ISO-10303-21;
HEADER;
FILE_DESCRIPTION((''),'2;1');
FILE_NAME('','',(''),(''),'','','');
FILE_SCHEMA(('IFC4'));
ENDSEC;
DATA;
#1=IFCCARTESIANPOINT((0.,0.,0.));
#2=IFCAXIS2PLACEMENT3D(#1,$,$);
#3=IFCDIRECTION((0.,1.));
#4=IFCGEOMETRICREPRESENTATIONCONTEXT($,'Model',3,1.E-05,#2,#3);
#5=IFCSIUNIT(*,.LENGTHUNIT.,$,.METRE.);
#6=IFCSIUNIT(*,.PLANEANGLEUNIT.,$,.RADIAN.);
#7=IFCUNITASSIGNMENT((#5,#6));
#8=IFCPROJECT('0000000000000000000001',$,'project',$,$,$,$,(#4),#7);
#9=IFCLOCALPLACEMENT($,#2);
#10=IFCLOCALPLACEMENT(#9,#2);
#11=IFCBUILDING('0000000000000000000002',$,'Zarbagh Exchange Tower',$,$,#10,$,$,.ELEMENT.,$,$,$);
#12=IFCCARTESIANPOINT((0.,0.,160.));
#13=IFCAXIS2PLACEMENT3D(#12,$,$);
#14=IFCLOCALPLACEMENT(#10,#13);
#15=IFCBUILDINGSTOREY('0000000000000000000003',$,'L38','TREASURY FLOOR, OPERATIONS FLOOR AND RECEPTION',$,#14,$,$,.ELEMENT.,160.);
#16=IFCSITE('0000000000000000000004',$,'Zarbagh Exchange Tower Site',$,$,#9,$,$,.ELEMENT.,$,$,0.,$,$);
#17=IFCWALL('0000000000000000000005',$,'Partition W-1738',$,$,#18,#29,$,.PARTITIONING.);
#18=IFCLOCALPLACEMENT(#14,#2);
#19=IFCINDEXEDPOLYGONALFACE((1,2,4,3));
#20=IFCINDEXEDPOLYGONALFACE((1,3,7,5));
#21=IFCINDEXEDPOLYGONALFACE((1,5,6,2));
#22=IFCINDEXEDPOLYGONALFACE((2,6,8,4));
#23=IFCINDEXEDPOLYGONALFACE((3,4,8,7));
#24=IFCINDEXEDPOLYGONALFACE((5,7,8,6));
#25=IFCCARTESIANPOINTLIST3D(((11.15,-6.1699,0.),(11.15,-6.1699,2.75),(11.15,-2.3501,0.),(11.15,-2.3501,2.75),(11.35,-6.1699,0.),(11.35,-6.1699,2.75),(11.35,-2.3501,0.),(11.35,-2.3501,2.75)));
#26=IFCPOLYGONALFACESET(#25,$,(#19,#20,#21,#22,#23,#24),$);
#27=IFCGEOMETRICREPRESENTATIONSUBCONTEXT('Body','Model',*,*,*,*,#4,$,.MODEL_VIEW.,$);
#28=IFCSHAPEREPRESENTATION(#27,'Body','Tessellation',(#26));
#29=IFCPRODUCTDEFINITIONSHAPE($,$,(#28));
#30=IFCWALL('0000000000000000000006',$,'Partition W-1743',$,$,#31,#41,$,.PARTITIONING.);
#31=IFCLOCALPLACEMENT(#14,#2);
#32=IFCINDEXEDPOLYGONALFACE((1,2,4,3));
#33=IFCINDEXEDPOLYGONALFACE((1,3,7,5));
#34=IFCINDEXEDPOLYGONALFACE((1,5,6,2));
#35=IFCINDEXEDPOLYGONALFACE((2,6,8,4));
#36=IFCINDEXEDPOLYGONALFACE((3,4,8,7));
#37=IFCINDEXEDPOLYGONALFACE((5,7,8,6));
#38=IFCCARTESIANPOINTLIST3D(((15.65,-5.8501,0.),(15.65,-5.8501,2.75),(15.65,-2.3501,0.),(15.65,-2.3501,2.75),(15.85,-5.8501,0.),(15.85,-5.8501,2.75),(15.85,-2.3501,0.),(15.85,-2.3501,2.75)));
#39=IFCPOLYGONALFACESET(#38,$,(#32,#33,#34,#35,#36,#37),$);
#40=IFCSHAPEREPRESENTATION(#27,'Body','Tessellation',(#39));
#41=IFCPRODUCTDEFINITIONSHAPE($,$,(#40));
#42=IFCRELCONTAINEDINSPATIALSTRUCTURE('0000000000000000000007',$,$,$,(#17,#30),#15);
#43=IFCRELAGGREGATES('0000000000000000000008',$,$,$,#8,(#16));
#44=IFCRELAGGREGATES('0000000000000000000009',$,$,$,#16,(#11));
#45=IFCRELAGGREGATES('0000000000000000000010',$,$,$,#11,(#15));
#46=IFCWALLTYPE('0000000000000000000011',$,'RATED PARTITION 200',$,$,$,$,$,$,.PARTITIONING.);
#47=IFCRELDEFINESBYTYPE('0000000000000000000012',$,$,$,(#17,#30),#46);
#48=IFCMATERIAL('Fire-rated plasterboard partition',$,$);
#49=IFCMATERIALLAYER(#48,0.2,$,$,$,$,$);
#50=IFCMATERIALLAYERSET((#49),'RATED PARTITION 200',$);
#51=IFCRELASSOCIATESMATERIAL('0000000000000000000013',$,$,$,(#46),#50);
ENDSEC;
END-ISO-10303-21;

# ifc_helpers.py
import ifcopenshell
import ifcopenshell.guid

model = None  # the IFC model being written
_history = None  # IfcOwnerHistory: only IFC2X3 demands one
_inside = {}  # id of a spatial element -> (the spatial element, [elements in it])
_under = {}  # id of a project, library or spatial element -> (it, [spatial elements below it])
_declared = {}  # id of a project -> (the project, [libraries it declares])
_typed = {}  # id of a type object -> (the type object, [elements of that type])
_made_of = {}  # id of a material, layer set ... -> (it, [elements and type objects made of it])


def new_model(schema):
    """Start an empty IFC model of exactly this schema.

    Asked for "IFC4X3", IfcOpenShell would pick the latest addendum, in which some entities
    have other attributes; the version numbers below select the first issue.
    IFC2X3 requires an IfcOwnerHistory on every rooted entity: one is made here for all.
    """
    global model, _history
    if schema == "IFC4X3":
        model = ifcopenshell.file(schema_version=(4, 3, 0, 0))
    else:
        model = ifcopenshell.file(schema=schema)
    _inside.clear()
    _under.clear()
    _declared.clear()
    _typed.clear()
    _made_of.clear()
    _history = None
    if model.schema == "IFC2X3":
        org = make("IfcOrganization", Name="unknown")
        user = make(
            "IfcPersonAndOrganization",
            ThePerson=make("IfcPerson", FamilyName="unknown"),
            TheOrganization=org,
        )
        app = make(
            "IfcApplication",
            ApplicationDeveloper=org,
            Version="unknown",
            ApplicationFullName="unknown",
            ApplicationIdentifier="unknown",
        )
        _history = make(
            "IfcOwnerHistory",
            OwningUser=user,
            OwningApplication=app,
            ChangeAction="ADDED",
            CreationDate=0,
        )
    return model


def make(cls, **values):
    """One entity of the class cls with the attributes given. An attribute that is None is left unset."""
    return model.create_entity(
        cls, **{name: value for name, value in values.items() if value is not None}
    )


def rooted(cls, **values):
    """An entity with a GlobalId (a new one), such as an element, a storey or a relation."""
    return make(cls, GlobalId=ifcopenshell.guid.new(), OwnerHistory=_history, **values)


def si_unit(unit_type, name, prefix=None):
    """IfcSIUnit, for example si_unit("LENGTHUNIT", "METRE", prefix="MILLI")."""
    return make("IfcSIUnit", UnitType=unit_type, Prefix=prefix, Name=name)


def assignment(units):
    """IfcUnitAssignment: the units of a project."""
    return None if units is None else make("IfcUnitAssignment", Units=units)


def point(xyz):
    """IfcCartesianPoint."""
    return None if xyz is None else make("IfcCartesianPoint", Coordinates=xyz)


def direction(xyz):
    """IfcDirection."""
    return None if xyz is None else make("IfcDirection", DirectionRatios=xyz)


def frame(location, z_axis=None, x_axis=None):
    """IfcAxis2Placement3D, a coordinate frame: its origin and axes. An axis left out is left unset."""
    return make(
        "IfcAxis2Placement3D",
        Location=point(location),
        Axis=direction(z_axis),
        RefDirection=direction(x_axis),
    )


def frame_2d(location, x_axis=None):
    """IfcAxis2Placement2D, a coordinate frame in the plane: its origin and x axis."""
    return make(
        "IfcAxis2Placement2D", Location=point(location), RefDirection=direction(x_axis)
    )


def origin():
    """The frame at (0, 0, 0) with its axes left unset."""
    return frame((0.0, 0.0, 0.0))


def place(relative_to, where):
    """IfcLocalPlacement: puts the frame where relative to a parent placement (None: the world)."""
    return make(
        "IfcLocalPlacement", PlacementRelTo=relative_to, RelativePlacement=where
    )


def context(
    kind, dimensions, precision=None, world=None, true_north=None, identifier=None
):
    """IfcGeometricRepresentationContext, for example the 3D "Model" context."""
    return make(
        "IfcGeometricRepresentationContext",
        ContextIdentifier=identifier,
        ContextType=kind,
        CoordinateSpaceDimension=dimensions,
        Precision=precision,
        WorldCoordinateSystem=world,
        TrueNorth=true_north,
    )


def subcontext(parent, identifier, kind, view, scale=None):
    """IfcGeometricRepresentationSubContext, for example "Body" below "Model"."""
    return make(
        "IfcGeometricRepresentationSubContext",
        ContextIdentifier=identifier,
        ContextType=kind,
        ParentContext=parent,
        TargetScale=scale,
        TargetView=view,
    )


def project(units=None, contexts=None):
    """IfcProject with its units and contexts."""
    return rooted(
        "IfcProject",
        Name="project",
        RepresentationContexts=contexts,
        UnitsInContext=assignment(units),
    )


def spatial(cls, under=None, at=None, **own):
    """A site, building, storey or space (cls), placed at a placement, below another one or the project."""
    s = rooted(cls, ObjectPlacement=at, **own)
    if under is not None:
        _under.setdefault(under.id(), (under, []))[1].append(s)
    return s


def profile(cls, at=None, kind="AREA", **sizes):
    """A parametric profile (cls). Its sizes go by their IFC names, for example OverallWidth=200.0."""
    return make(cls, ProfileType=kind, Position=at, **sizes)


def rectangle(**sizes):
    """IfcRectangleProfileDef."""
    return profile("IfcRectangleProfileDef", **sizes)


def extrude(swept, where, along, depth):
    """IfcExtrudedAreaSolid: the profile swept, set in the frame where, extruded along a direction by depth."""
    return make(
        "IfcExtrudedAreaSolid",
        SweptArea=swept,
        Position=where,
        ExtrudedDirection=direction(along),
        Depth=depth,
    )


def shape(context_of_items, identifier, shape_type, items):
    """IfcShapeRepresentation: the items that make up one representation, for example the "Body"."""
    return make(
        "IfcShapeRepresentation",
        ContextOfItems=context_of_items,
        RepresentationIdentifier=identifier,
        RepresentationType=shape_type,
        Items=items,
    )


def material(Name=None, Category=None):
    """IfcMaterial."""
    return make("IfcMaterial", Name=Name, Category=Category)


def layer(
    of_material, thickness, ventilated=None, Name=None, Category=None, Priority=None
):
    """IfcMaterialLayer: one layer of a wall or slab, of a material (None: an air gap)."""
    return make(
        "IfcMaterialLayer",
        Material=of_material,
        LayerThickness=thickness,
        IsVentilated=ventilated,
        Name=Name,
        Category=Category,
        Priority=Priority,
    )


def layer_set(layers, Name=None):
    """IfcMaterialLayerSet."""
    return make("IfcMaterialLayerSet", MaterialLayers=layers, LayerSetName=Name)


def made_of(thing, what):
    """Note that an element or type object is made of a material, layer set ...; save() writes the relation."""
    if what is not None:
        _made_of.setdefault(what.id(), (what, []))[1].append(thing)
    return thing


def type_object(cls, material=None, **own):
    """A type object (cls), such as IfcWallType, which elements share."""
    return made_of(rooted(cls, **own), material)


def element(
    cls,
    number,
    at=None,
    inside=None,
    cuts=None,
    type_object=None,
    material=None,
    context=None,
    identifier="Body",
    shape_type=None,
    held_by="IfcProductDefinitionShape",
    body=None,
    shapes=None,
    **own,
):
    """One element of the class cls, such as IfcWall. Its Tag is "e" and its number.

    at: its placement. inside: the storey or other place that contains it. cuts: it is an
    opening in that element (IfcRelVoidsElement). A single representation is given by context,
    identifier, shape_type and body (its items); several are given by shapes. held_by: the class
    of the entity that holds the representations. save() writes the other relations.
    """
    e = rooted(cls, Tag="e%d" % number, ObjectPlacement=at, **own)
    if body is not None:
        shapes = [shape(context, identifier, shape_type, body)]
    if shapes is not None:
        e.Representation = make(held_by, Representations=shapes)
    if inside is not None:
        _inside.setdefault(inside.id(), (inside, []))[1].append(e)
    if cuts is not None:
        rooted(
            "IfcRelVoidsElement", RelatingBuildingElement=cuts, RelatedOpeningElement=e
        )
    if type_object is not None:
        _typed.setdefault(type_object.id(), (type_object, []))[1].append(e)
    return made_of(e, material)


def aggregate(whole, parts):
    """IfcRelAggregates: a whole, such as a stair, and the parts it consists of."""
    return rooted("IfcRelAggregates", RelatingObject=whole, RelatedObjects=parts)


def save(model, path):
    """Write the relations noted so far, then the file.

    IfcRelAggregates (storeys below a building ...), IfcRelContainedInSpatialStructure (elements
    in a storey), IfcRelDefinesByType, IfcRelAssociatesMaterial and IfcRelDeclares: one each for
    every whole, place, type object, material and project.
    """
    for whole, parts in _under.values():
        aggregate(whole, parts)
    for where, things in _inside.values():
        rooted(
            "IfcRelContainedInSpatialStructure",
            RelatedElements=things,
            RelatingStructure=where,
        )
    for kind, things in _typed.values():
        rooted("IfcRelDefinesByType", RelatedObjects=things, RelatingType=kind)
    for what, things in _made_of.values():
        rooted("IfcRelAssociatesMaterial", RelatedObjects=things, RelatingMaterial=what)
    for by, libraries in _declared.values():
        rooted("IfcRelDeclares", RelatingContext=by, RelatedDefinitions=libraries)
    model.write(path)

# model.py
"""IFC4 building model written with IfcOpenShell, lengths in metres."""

from ifc_helpers import new_model, si_unit, direction, frame, frame_2d, origin, place, context, subcontext, project, spatial, rectangle, extrude, material, layer, layer_set, type_object, element, save


model = new_model("IFC4")

# Units and contexts
model_context = context("Model", 3, precision=1e-05, world=origin(), true_north=direction((0.0, 1.0)))
body_context = subcontext(model_context, "Body", "Model", "MODEL_VIEW")
ifc_project = project(units=[si_unit("LENGTHUNIT", "METRE"), si_unit("PLANEANGLEUNIT", "RADIAN")], contexts=[model_context])

# Site, building, storey
site_placement = place(None, origin())
site = spatial("IfcSite", under=ifc_project, at=site_placement, Name="Zarbagh Exchange Tower Site", CompositionType="ELEMENT", RefElevation=0.0)
building_placement = place(site_placement, origin())
building = spatial("IfcBuilding", under=site, at=building_placement, Name="Zarbagh Exchange Tower", CompositionType="ELEMENT")
storey_placement = place(building_placement, frame((0.0, 0.0, 160.0)))
storey = spatial("IfcBuildingStorey", under=building, at=storey_placement, Name="L38", Description="TREASURY FLOOR, OPERATIONS FLOOR AND RECEPTION", CompositionType="ELEMENT", Elevation=160.0)

# Shared definitions
ifc_material_1 = material(Name="Fire-rated plasterboard partition")
ifc_layer = layer(ifc_material_1, 0.2)
ifc_layer_set = layer_set([ifc_layer], Name="RATED PARTITION 200")
wall_type = type_object("IfcWallType", Name="RATED PARTITION 200", PredefinedType="PARTITIONING", material=ifc_layer_set)

# Walls
wall_1_placement = place(storey_placement, frame((11.25, -6.1699, 0.0), z_axis=(0.0, 0.0, 1.0), x_axis=(0.0, 1.0, 0.0)))
element("IfcWall", 1, at=wall_1_placement, inside=storey, type_object=wall_type, Name="Partition W-1738", PredefinedType="PARTITIONING", context=body_context, shape_type="SweptSolid", body=[
    extrude(rectangle(XDim=3.8198, YDim=0.2, at=frame_2d((1.9099, 0.0))), origin(), (0.0, 0.0, 1.0), 2.75),
])
wall_2_placement = place(storey_placement, frame((15.75, -5.8501, 0.0), z_axis=(0.0, 0.0, 1.0), x_axis=(0.0, 1.0, 0.0)))
element("IfcWall", 2, at=wall_2_placement, inside=storey, type_object=wall_type, Name="Partition W-1743", PredefinedType="PARTITIONING", context=body_context, shape_type="SweptSolid", body=[
    extrude(rectangle(XDim=3.5, YDim=0.2, at=frame_2d((1.75, 0.0))), origin(), (0.0, 0.0, 1.0), 2.75),
])

save(model, "model.ifc")
